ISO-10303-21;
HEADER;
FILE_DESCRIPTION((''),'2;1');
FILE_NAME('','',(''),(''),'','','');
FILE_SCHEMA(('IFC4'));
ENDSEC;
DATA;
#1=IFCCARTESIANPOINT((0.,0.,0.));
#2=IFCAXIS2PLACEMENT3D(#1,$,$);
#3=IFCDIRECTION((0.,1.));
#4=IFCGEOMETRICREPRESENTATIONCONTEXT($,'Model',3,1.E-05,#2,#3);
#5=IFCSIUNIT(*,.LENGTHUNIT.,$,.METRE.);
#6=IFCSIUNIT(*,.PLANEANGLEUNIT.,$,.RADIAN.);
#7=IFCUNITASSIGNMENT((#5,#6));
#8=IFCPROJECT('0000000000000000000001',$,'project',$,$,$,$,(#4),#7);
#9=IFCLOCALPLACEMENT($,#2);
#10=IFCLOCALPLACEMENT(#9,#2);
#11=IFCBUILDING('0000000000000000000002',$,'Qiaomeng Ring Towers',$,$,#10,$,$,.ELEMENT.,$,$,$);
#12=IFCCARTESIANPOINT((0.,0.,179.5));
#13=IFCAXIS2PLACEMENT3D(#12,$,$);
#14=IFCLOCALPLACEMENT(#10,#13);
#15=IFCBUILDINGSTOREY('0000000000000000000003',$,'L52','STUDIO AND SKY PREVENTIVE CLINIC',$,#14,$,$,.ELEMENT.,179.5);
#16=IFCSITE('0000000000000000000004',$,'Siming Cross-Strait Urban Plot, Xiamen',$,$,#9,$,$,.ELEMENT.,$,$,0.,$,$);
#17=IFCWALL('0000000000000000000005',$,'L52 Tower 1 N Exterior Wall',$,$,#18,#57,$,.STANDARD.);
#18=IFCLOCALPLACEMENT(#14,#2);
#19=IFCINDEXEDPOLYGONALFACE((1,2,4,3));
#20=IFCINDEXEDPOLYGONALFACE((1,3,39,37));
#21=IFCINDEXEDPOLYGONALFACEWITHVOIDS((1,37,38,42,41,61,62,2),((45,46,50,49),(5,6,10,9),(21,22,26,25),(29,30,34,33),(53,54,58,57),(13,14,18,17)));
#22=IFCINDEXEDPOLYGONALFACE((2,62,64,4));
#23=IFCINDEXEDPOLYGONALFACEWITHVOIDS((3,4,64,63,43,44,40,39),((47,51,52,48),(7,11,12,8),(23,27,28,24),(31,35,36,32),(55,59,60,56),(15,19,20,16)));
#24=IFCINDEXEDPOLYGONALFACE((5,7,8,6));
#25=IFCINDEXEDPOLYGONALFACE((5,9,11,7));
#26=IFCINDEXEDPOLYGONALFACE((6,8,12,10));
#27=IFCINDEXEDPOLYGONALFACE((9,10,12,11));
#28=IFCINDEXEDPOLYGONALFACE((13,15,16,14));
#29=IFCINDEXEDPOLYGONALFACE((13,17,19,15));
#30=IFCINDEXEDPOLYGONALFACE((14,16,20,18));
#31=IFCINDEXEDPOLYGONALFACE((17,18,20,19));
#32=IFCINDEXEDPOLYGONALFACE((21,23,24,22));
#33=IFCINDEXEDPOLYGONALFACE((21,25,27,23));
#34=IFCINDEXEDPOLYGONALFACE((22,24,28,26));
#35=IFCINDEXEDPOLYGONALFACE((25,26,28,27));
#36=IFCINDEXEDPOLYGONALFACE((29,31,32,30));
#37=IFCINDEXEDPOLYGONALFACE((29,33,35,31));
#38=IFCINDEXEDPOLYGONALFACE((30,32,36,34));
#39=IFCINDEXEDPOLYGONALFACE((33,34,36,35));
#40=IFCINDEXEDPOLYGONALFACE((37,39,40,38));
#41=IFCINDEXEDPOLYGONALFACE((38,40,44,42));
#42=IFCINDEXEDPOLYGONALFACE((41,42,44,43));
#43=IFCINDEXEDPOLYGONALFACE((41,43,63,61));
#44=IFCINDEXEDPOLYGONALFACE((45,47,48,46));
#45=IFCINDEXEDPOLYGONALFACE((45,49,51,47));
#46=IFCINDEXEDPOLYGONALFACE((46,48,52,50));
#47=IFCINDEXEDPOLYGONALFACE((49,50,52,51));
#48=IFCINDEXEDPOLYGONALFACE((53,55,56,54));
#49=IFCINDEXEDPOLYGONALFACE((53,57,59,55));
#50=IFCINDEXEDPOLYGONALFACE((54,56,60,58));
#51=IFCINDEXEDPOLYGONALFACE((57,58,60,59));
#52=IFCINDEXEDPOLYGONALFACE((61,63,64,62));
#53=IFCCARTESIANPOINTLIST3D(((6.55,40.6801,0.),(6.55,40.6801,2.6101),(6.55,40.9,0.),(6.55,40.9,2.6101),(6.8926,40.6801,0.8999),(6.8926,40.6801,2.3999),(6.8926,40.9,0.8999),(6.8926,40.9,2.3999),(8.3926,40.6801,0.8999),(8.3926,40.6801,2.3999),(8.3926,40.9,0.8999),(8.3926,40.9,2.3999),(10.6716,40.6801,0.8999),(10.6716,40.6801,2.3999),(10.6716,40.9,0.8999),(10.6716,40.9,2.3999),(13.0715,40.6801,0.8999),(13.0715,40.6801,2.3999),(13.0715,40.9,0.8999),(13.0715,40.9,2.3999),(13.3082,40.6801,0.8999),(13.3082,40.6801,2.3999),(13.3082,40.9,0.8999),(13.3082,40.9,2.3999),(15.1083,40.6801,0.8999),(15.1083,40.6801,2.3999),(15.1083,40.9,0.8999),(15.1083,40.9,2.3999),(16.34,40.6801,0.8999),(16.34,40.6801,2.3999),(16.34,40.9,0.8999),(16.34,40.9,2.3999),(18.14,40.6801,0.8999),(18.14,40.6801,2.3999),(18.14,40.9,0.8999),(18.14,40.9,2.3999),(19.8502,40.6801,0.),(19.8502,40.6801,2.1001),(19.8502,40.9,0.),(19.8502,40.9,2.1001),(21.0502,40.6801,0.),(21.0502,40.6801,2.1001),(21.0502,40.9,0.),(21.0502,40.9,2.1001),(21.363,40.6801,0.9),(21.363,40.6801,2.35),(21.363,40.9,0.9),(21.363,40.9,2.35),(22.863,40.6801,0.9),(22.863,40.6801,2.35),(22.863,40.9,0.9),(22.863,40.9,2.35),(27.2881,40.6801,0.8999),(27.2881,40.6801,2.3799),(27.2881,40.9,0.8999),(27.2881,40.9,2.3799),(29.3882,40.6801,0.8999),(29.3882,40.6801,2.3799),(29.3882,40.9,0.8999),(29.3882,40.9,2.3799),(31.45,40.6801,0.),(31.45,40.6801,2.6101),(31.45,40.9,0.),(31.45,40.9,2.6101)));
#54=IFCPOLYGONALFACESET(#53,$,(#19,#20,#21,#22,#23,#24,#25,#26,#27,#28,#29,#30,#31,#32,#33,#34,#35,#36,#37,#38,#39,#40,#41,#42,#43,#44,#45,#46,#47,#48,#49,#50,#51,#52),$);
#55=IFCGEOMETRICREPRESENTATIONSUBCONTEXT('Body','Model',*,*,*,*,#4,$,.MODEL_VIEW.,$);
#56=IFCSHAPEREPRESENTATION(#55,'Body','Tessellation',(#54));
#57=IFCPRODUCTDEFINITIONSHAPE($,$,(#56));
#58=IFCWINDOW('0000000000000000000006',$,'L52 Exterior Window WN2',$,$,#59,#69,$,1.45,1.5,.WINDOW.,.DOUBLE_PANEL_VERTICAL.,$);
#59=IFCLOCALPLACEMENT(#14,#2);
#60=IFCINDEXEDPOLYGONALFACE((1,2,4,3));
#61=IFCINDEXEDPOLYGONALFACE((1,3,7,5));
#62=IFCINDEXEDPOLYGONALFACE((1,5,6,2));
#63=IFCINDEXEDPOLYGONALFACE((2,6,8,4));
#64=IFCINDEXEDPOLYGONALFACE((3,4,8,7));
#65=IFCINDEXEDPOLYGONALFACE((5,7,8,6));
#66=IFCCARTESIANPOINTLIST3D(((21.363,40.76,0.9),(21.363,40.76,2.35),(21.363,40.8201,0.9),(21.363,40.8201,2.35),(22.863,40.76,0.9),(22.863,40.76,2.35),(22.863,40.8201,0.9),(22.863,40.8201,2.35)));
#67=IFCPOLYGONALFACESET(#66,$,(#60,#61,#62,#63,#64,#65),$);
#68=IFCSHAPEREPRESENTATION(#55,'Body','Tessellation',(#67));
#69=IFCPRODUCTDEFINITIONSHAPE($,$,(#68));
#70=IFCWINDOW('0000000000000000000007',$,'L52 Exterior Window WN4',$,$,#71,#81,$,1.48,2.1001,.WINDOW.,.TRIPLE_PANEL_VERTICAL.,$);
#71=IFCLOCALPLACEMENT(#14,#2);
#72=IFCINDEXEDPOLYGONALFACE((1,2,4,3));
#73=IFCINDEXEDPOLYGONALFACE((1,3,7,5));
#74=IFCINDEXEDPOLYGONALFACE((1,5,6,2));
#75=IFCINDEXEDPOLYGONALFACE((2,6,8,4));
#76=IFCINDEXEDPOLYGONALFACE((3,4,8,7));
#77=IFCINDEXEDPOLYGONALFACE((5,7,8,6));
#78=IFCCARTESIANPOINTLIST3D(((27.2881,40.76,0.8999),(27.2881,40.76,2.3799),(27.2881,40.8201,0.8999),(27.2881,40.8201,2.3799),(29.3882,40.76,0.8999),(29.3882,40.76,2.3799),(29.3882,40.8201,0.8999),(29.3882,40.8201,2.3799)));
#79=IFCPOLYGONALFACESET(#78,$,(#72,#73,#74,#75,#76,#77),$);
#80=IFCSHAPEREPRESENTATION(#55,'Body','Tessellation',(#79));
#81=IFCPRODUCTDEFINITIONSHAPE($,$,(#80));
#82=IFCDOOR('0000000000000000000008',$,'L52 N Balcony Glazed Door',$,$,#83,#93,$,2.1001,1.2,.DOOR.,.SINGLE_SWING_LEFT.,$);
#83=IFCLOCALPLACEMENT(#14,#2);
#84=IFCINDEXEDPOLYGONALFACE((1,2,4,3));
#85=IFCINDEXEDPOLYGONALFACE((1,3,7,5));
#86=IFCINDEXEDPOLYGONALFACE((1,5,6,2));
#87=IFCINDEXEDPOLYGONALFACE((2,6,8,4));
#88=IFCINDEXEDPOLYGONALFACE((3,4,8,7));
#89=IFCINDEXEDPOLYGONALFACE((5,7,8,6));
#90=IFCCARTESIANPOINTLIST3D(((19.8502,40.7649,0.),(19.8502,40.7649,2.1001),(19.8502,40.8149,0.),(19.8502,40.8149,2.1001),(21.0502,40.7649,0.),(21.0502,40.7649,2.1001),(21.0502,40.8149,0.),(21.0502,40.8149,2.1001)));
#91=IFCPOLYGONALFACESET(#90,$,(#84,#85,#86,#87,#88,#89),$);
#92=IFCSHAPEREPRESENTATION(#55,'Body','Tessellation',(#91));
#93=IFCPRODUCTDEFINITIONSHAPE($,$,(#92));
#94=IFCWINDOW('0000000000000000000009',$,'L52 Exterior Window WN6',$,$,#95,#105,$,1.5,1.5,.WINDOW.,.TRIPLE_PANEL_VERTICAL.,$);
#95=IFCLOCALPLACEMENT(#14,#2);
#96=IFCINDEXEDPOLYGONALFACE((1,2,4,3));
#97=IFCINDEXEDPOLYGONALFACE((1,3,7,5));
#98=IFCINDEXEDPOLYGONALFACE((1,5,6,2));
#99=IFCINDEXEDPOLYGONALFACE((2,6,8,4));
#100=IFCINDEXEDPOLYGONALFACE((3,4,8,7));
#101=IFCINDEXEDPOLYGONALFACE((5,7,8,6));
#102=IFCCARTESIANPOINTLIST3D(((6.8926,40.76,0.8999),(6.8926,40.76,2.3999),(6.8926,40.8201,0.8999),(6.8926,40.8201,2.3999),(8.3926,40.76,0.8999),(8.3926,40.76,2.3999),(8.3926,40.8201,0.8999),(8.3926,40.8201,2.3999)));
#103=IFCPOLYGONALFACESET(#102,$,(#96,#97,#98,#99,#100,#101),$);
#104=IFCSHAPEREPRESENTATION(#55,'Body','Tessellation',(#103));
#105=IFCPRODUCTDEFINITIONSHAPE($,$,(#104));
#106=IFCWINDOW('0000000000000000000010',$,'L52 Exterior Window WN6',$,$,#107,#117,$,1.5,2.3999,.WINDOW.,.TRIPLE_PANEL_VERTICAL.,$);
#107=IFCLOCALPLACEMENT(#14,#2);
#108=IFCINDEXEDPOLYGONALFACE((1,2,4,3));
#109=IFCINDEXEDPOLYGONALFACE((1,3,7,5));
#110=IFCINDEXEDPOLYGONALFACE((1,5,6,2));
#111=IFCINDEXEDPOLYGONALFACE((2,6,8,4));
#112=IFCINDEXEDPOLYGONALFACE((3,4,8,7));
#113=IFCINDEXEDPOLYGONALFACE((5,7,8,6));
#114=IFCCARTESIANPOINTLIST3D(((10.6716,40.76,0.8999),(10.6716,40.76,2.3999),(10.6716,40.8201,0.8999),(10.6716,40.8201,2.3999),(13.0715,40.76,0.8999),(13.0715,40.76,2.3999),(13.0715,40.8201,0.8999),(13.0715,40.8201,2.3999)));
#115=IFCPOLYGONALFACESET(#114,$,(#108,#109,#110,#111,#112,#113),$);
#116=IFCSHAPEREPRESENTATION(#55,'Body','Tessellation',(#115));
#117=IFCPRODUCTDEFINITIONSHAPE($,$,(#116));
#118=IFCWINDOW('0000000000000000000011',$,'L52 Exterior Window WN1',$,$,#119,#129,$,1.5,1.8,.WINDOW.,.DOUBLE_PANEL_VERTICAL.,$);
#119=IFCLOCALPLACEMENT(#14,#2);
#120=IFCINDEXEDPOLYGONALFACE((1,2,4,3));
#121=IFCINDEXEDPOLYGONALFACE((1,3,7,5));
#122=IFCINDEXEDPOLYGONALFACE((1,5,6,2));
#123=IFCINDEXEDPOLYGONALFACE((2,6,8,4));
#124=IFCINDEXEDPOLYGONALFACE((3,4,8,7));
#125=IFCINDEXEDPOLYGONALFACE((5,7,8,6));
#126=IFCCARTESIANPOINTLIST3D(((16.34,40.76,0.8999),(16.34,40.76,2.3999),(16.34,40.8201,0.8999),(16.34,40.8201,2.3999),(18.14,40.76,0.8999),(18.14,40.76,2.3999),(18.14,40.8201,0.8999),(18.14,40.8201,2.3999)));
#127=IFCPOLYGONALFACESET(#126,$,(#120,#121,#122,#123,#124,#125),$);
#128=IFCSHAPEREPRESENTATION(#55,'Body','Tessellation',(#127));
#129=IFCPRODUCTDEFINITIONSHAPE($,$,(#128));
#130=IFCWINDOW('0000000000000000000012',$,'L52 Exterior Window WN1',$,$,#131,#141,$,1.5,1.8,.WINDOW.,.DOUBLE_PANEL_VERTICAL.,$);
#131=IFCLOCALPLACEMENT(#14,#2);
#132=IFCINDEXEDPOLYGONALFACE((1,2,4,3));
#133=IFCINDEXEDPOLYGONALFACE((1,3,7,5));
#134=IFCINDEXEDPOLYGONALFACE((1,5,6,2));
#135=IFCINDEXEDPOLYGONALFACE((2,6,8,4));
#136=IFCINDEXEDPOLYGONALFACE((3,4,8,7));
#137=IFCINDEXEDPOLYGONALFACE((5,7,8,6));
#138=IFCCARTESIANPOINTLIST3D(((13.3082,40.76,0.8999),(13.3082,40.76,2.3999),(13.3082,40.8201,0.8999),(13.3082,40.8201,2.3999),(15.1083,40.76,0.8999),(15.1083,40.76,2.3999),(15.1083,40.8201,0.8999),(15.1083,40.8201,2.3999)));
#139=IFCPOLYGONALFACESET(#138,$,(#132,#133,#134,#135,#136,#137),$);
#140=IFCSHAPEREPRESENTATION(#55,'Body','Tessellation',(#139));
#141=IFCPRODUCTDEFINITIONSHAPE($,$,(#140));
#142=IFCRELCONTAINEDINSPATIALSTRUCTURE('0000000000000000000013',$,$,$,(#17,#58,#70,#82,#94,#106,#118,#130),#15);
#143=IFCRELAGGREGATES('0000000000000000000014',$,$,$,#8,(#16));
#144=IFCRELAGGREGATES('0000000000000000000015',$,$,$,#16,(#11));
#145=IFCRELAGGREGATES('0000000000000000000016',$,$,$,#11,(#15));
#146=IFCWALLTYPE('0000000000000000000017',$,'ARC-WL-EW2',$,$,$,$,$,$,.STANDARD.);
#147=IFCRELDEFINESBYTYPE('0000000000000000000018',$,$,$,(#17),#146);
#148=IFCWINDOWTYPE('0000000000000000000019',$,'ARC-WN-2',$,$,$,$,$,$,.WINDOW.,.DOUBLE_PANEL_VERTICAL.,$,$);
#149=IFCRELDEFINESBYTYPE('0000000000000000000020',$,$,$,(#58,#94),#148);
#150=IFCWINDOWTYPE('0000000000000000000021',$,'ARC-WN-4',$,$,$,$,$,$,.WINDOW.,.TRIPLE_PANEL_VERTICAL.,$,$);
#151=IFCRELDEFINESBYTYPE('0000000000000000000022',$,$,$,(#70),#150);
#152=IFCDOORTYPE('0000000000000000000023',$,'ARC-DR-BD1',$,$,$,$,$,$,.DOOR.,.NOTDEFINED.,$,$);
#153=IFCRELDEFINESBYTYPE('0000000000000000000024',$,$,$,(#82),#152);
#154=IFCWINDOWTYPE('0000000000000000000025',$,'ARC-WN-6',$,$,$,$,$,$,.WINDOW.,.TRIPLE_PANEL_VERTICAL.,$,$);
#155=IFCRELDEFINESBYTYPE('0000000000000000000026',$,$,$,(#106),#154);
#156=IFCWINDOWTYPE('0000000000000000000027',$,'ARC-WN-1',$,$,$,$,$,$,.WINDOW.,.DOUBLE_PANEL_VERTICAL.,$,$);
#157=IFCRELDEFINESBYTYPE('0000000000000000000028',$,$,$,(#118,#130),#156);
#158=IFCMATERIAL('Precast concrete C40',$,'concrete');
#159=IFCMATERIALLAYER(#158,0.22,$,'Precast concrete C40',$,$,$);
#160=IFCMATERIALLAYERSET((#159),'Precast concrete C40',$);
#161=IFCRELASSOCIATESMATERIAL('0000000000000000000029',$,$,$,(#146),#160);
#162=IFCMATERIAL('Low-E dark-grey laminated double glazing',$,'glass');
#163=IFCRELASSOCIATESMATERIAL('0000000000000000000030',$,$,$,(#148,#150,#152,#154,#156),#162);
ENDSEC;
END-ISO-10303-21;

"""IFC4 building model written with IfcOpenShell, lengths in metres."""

from ifc_helpers import new_model, si_unit, direction, frame, frame_2d, origin, place, context, subcontext, project, spatial, rectangle, extrude, source, transform, mapped, material, layer, layer_set, type_object, element, fill, save


model = new_model("IFC4")

# Units and contexts
model_context = context("Model", 3, precision=1e-05, world=origin(), true_north=direction((0.0, 1.0)))
body_context = subcontext(model_context, "Body", "Model", "MODEL_VIEW")
ifc_project = project(units=[si_unit("LENGTHUNIT", "METRE"), si_unit("PLANEANGLEUNIT", "RADIAN")], contexts=[model_context])

# Site, building, storey
site_placement = place(None, origin())
site = spatial("IfcSite", under=ifc_project, at=site_placement, Name="Siming Cross-Strait Urban Plot, Xiamen", CompositionType="ELEMENT", RefElevation=0.0)
building_placement = place(site_placement, origin())
building = spatial("IfcBuilding", under=site, at=building_placement, Name="Qiaomeng Ring Towers", CompositionType="ELEMENT")
storey_placement = place(building_placement, frame((0.0, 0.0, 179.5)))
storey = spatial("IfcBuildingStorey", under=building, at=storey_placement, Name="L52", Description="STUDIO AND SKY PREVENTIVE CLINIC", CompositionType="ELEMENT", Elevation=179.5)

# Shared definitions
ifc_material_1 = material(Name="Low-E dark-grey laminated double glazing", Category="glass")

# Wall, openings, windows, door
ifc_material_2 = material(Name="Precast concrete C40", Category="concrete")
ifc_layer_1 = layer(ifc_material_2, 0.22, Name="Precast concrete C40")
ifc_layer_set_1 = layer_set([ifc_layer_1], Name="Precast concrete C40")
wall_type_1 = type_object("IfcWallType", Name="ARC-WL-EW2", PredefinedType="STANDARD", material=ifc_layer_set_1)
wall_1_placement = place(storey_placement, frame((6.55, 40.79, 0.0), z_axis=(0.0, 0.0, 1.0), x_axis=(1.0, 0.0, 0.0)))
wall_1 = element("IfcWall", 1, at=wall_1_placement, inside=storey, type_object=wall_type_1, Name="L52 Tower 1 N Exterior Wall", PredefinedType="STANDARD", context=body_context, shape_type="SweptSolid", body=[
    extrude(rectangle(XDim=24.8999, YDim=0.22, at=frame_2d((12.45, 0.0))), origin(), (0.0, 0.0, 1.0), 2.6101),
])
opening_1_placement = place(wall_1_placement, frame((13.3, 0.0, 0.0)))
opening_1 = element("IfcOpeningElement", 2, at=opening_1_placement, cuts=wall_1, PredefinedType="OPENING", context=body_context, shape_type="SweptSolid", body=[
    extrude(rectangle(XDim=1.2, YDim=2.1001, at=frame_2d((0.6001, 1.05))), frame((0.0, 0.1199, 0.0), z_axis=(0.0, -1.0, 0.0), x_axis=(1.0, 0.0, 0.0)), (0.0, 0.0, 1.0), 0.24),
])
opening_2_placement = place(wall_1_placement, frame((0.3425, 0.0, 0.8999)))
opening_2 = element("IfcOpeningElement", 3, at=opening_2_placement, cuts=wall_1, PredefinedType="OPENING", context=body_context, shape_type="SweptSolid", body=[
    extrude(rectangle(XDim=1.5, YDim=1.5, at=frame_2d((0.75, 0.75))), frame((0.0, 0.1199, 0.0), z_axis=(0.0, -1.0, 0.0), x_axis=(1.0, 0.0, 0.0)), (0.0, 0.0, 1.0), 0.24),
])
opening_3_placement = place(wall_1_placement, frame((9.79, 0.0, 0.8999)))
opening_3 = element("IfcOpeningElement", 4, at=opening_3_placement, cuts=wall_1, PredefinedType="OPENING", context=body_context, shape_type="SweptSolid", body=[
    extrude(rectangle(XDim=1.8, YDim=1.5, at=frame_2d((0.8999, 0.75))), frame((0.0, 0.1199, 0.0), z_axis=(0.0, -1.0, 0.0), x_axis=(1.0, 0.0, 0.0)), (0.0, 0.0, 1.0), 0.24),
])
opening_4_placement = place(wall_1_placement, frame((14.813, 0.0, 0.8999)))
opening_4 = element("IfcOpeningElement", 5, at=opening_4_placement, cuts=wall_1, PredefinedType="OPENING", context=body_context, shape_type="SweptSolid", body=[
    extrude(rectangle(XDim=1.5, YDim=1.45, at=frame_2d((0.75, 0.7251))), frame((0.0, 0.1199, 0.0), z_axis=(0.0, -1.0, 0.0), x_axis=(1.0, 0.0, 0.0)), (0.0, 0.0, 1.0), 0.24),
])
opening_5_placement = place(wall_1_placement, frame((20.738, 0.0, 0.8999)))
opening_5 = element("IfcOpeningElement", 6, at=opening_5_placement, cuts=wall_1, PredefinedType="OPENING", context=body_context, shape_type="SweptSolid", body=[
    extrude(rectangle(XDim=2.1001, YDim=1.48, at=frame_2d((1.05, 0.74))), frame((0.0, 0.1199, 0.0), z_axis=(0.0, -1.0, 0.0), x_axis=(1.0, 0.0, 0.0)), (0.0, 0.0, 1.0), 0.24),
])
opening_6_placement = place(wall_1_placement, frame((4.1216, 0.0, 0.8999)))
opening_6 = element("IfcOpeningElement", 7, at=opening_6_placement, cuts=wall_1, PredefinedType="OPENING", context=body_context, shape_type="SweptSolid", body=[
    extrude(rectangle(XDim=2.3999, YDim=1.5, at=frame_2d((1.2, 0.75))), frame((0.0, 0.1199, 0.0), z_axis=(0.0, -1.0, 0.0), x_axis=(1.0, 0.0, 0.0)), (0.0, 0.0, 1.0), 0.24),
])
opening_7_placement = place(wall_1_placement, frame((6.7583, 0.0, 0.8999)))
opening_7 = element("IfcOpeningElement", 8, at=opening_7_placement, cuts=wall_1, PredefinedType="OPENING", context=body_context, shape_type="SweptSolid", body=[
    extrude(rectangle(XDim=1.8, YDim=1.5, at=frame_2d((0.8999, 0.75))), frame((0.0, 0.1199, 0.0), z_axis=(0.0, -1.0, 0.0), x_axis=(1.0, 0.0, 0.0)), (0.0, 0.0, 1.0), 0.24),
])
window_type_1 = type_object("IfcWindowType", Name="ARC-WN-2", PartitioningType="DOUBLE_PANEL_VERTICAL", PredefinedType="WINDOW", material=ifc_material_1)
shared_shape_1 = source(origin(), body_context, "Body", "SweptSolid", [
    extrude(rectangle(XDim=1.5, YDim=1.45, at=frame_2d((0.75, 0.7251))), frame((0.0, 0.03, 0.0), z_axis=(0.0, -1.0, 0.0), x_axis=(1.0, 0.0, 0.0)), (0.0, 0.0, 1.0), 0.0601),
])
window_1_placement = place(opening_4_placement, origin())
window_1 = element("IfcWindow", 9, at=window_1_placement, inside=storey, type_object=window_type_1, Name="L52 Exterior Window WN2", OverallHeight=1.45, OverallWidth=1.5, PartitioningType="DOUBLE_PANEL_VERTICAL", PredefinedType="WINDOW", context=body_context, shape_type="MappedRepresentation", body=[
    mapped(shared_shape_1, transform((0.0, 0.0, 0.0), x_axis=(1.0, 0.0, 0.0), y_axis=(0.0, 1.0, 0.0), z_axis=(0.0, 0.0, 1.0), scale=1.0)),
])
fill(opening_4, window_1)
window_type_2 = type_object("IfcWindowType", Name="ARC-WN-4", PartitioningType="TRIPLE_PANEL_VERTICAL", PredefinedType="WINDOW", material=ifc_material_1)
shared_shape_2 = source(origin(), body_context, "Body", "SweptSolid", [
    extrude(rectangle(XDim=2.1001, YDim=1.48, at=frame_2d((1.05, 0.74))), frame((0.0, 0.03, 0.0), z_axis=(0.0, -1.0, 0.0), x_axis=(1.0, 0.0, 0.0)), (0.0, 0.0, 1.0), 0.0601),
])
window_2_placement = place(opening_5_placement, origin())
window_2 = element("IfcWindow", 10, at=window_2_placement, inside=storey, type_object=window_type_2, Name="L52 Exterior Window WN4", OverallHeight=1.48, OverallWidth=2.1001, PartitioningType="TRIPLE_PANEL_VERTICAL", PredefinedType="WINDOW", context=body_context, shape_type="MappedRepresentation", body=[
    mapped(shared_shape_2, transform((0.0, 0.0, 0.0), x_axis=(1.0, 0.0, 0.0), y_axis=(0.0, 1.0, 0.0), z_axis=(0.0, 0.0, 1.0), scale=1.0)),
])
fill(opening_5, window_2)
door_type_1 = type_object("IfcDoorType", Name="ARC-DR-BD1", OperationType="NOTDEFINED", PredefinedType="DOOR", material=ifc_material_1)
shared_shape_3 = source(origin(), body_context, "Body", "SweptSolid", [
    extrude(rectangle(XDim=1.2, YDim=2.1001, at=frame_2d((0.6001, 1.05))), frame((0.0, 0.0249, 0.0), z_axis=(0.0, -1.0, 0.0), x_axis=(1.0, 0.0, 0.0)), (0.0, 0.0, 1.0), 0.05),
])
door_1_placement = place(opening_1_placement, origin())
door_1 = element("IfcDoor", 11, at=door_1_placement, inside=storey, type_object=door_type_1, Name="L52 N Balcony Glazed Door", OperationType="SINGLE_SWING_LEFT", OverallHeight=2.1001, OverallWidth=1.2, PredefinedType="DOOR", context=body_context, shape_type="MappedRepresentation", body=[
    mapped(shared_shape_3, transform((0.0, 0.0, 0.0), x_axis=(1.0, 0.0, 0.0), y_axis=(0.0, 1.0, 0.0), z_axis=(0.0, 0.0, 1.0), scale=1.0)),
])
fill(opening_1, door_1)
shared_shape_4 = source(origin(), body_context, "Body", "SweptSolid", [
    extrude(rectangle(XDim=1.5, YDim=1.5, at=frame_2d((0.75, 0.75))), frame((0.0, 0.03, 0.0), z_axis=(0.0, -1.0, 0.0), x_axis=(1.0, 0.0, 0.0)), (0.0, 0.0, 1.0), 0.0601),
])
window_3_placement = place(opening_2_placement, origin())
window_3 = element("IfcWindow", 12, at=window_3_placement, inside=storey, type_object=window_type_1, Name="L52 Exterior Window WN6", OverallHeight=1.5, OverallWidth=1.5, PartitioningType="TRIPLE_PANEL_VERTICAL", PredefinedType="WINDOW", context=body_context, shape_type="MappedRepresentation", body=[
    mapped(shared_shape_4, transform((0.0, 0.0, 0.0), x_axis=(1.0, 0.0, 0.0), y_axis=(0.0, 1.0, 0.0), z_axis=(0.0, 0.0, 1.0), scale=1.0)),
])
fill(opening_2, window_3)
window_type_3 = type_object("IfcWindowType", Name="ARC-WN-6", PartitioningType="TRIPLE_PANEL_VERTICAL", PredefinedType="WINDOW", material=ifc_material_1)
shared_shape_5 = source(origin(), body_context, "Body", "SweptSolid", [
    extrude(rectangle(XDim=2.3999, YDim=1.5, at=frame_2d((1.2, 0.75))), frame((0.0, 0.03, 0.0), z_axis=(0.0, -1.0, 0.0), x_axis=(1.0, 0.0, 0.0)), (0.0, 0.0, 1.0), 0.0601),
])
window_4_placement = place(opening_6_placement, origin())
window_4 = element("IfcWindow", 13, at=window_4_placement, inside=storey, type_object=window_type_3, Name="L52 Exterior Window WN6", OverallHeight=1.5, OverallWidth=2.3999, PartitioningType="TRIPLE_PANEL_VERTICAL", PredefinedType="WINDOW", context=body_context, shape_type="MappedRepresentation", body=[
    mapped(shared_shape_5, transform((0.0, 0.0, 0.0), x_axis=(1.0, 0.0, 0.0), y_axis=(0.0, 1.0, 0.0), z_axis=(0.0, 0.0, 1.0), scale=1.0)),
])
fill(opening_6, window_4)
window_type_4 = type_object("IfcWindowType", Name="ARC-WN-1", PartitioningType="DOUBLE_PANEL_VERTICAL", PredefinedType="WINDOW", material=ifc_material_1)
shared_shape_6 = source(origin(), body_context, "Body", "SweptSolid", [
    extrude(rectangle(XDim=1.8, YDim=1.5, at=frame_2d((0.8999, 0.75))), frame((0.0, 0.03, 0.0), z_axis=(0.0, -1.0, 0.0), x_axis=(1.0, 0.0, 0.0)), (0.0, 0.0, 1.0), 0.0601),
])
window_5_placement = place(opening_3_placement, origin())
window_5 = element("IfcWindow", 14, at=window_5_placement, inside=storey, type_object=window_type_4, Name="L52 Exterior Window WN1", OverallHeight=1.5, OverallWidth=1.8, PartitioningType="DOUBLE_PANEL_VERTICAL", PredefinedType="WINDOW", context=body_context, shape_type="MappedRepresentation", body=[
    mapped(shared_shape_6, transform((0.0, 0.0, 0.0), x_axis=(1.0, 0.0, 0.0), y_axis=(0.0, 1.0, 0.0), z_axis=(0.0, 0.0, 1.0), scale=1.0)),
])
fill(opening_3, window_5)
window_6_placement = place(opening_7_placement, origin())
window_6 = element("IfcWindow", 15, at=window_6_placement, inside=storey, type_object=window_type_4, Name="L52 Exterior Window WN1", OverallHeight=1.5, OverallWidth=1.8, PartitioningType="DOUBLE_PANEL_VERTICAL", PredefinedType="WINDOW", context=body_context, shape_type="MappedRepresentation", body=[
    mapped(shared_shape_6, transform((0.0, 0.0, 0.0), x_axis=(1.0, 0.0, 0.0), y_axis=(0.0, 1.0, 0.0), z_axis=(0.0, 0.0, 1.0), scale=1.0)),
])
fill(opening_7, window_6)

save(model, "model.ifc")
